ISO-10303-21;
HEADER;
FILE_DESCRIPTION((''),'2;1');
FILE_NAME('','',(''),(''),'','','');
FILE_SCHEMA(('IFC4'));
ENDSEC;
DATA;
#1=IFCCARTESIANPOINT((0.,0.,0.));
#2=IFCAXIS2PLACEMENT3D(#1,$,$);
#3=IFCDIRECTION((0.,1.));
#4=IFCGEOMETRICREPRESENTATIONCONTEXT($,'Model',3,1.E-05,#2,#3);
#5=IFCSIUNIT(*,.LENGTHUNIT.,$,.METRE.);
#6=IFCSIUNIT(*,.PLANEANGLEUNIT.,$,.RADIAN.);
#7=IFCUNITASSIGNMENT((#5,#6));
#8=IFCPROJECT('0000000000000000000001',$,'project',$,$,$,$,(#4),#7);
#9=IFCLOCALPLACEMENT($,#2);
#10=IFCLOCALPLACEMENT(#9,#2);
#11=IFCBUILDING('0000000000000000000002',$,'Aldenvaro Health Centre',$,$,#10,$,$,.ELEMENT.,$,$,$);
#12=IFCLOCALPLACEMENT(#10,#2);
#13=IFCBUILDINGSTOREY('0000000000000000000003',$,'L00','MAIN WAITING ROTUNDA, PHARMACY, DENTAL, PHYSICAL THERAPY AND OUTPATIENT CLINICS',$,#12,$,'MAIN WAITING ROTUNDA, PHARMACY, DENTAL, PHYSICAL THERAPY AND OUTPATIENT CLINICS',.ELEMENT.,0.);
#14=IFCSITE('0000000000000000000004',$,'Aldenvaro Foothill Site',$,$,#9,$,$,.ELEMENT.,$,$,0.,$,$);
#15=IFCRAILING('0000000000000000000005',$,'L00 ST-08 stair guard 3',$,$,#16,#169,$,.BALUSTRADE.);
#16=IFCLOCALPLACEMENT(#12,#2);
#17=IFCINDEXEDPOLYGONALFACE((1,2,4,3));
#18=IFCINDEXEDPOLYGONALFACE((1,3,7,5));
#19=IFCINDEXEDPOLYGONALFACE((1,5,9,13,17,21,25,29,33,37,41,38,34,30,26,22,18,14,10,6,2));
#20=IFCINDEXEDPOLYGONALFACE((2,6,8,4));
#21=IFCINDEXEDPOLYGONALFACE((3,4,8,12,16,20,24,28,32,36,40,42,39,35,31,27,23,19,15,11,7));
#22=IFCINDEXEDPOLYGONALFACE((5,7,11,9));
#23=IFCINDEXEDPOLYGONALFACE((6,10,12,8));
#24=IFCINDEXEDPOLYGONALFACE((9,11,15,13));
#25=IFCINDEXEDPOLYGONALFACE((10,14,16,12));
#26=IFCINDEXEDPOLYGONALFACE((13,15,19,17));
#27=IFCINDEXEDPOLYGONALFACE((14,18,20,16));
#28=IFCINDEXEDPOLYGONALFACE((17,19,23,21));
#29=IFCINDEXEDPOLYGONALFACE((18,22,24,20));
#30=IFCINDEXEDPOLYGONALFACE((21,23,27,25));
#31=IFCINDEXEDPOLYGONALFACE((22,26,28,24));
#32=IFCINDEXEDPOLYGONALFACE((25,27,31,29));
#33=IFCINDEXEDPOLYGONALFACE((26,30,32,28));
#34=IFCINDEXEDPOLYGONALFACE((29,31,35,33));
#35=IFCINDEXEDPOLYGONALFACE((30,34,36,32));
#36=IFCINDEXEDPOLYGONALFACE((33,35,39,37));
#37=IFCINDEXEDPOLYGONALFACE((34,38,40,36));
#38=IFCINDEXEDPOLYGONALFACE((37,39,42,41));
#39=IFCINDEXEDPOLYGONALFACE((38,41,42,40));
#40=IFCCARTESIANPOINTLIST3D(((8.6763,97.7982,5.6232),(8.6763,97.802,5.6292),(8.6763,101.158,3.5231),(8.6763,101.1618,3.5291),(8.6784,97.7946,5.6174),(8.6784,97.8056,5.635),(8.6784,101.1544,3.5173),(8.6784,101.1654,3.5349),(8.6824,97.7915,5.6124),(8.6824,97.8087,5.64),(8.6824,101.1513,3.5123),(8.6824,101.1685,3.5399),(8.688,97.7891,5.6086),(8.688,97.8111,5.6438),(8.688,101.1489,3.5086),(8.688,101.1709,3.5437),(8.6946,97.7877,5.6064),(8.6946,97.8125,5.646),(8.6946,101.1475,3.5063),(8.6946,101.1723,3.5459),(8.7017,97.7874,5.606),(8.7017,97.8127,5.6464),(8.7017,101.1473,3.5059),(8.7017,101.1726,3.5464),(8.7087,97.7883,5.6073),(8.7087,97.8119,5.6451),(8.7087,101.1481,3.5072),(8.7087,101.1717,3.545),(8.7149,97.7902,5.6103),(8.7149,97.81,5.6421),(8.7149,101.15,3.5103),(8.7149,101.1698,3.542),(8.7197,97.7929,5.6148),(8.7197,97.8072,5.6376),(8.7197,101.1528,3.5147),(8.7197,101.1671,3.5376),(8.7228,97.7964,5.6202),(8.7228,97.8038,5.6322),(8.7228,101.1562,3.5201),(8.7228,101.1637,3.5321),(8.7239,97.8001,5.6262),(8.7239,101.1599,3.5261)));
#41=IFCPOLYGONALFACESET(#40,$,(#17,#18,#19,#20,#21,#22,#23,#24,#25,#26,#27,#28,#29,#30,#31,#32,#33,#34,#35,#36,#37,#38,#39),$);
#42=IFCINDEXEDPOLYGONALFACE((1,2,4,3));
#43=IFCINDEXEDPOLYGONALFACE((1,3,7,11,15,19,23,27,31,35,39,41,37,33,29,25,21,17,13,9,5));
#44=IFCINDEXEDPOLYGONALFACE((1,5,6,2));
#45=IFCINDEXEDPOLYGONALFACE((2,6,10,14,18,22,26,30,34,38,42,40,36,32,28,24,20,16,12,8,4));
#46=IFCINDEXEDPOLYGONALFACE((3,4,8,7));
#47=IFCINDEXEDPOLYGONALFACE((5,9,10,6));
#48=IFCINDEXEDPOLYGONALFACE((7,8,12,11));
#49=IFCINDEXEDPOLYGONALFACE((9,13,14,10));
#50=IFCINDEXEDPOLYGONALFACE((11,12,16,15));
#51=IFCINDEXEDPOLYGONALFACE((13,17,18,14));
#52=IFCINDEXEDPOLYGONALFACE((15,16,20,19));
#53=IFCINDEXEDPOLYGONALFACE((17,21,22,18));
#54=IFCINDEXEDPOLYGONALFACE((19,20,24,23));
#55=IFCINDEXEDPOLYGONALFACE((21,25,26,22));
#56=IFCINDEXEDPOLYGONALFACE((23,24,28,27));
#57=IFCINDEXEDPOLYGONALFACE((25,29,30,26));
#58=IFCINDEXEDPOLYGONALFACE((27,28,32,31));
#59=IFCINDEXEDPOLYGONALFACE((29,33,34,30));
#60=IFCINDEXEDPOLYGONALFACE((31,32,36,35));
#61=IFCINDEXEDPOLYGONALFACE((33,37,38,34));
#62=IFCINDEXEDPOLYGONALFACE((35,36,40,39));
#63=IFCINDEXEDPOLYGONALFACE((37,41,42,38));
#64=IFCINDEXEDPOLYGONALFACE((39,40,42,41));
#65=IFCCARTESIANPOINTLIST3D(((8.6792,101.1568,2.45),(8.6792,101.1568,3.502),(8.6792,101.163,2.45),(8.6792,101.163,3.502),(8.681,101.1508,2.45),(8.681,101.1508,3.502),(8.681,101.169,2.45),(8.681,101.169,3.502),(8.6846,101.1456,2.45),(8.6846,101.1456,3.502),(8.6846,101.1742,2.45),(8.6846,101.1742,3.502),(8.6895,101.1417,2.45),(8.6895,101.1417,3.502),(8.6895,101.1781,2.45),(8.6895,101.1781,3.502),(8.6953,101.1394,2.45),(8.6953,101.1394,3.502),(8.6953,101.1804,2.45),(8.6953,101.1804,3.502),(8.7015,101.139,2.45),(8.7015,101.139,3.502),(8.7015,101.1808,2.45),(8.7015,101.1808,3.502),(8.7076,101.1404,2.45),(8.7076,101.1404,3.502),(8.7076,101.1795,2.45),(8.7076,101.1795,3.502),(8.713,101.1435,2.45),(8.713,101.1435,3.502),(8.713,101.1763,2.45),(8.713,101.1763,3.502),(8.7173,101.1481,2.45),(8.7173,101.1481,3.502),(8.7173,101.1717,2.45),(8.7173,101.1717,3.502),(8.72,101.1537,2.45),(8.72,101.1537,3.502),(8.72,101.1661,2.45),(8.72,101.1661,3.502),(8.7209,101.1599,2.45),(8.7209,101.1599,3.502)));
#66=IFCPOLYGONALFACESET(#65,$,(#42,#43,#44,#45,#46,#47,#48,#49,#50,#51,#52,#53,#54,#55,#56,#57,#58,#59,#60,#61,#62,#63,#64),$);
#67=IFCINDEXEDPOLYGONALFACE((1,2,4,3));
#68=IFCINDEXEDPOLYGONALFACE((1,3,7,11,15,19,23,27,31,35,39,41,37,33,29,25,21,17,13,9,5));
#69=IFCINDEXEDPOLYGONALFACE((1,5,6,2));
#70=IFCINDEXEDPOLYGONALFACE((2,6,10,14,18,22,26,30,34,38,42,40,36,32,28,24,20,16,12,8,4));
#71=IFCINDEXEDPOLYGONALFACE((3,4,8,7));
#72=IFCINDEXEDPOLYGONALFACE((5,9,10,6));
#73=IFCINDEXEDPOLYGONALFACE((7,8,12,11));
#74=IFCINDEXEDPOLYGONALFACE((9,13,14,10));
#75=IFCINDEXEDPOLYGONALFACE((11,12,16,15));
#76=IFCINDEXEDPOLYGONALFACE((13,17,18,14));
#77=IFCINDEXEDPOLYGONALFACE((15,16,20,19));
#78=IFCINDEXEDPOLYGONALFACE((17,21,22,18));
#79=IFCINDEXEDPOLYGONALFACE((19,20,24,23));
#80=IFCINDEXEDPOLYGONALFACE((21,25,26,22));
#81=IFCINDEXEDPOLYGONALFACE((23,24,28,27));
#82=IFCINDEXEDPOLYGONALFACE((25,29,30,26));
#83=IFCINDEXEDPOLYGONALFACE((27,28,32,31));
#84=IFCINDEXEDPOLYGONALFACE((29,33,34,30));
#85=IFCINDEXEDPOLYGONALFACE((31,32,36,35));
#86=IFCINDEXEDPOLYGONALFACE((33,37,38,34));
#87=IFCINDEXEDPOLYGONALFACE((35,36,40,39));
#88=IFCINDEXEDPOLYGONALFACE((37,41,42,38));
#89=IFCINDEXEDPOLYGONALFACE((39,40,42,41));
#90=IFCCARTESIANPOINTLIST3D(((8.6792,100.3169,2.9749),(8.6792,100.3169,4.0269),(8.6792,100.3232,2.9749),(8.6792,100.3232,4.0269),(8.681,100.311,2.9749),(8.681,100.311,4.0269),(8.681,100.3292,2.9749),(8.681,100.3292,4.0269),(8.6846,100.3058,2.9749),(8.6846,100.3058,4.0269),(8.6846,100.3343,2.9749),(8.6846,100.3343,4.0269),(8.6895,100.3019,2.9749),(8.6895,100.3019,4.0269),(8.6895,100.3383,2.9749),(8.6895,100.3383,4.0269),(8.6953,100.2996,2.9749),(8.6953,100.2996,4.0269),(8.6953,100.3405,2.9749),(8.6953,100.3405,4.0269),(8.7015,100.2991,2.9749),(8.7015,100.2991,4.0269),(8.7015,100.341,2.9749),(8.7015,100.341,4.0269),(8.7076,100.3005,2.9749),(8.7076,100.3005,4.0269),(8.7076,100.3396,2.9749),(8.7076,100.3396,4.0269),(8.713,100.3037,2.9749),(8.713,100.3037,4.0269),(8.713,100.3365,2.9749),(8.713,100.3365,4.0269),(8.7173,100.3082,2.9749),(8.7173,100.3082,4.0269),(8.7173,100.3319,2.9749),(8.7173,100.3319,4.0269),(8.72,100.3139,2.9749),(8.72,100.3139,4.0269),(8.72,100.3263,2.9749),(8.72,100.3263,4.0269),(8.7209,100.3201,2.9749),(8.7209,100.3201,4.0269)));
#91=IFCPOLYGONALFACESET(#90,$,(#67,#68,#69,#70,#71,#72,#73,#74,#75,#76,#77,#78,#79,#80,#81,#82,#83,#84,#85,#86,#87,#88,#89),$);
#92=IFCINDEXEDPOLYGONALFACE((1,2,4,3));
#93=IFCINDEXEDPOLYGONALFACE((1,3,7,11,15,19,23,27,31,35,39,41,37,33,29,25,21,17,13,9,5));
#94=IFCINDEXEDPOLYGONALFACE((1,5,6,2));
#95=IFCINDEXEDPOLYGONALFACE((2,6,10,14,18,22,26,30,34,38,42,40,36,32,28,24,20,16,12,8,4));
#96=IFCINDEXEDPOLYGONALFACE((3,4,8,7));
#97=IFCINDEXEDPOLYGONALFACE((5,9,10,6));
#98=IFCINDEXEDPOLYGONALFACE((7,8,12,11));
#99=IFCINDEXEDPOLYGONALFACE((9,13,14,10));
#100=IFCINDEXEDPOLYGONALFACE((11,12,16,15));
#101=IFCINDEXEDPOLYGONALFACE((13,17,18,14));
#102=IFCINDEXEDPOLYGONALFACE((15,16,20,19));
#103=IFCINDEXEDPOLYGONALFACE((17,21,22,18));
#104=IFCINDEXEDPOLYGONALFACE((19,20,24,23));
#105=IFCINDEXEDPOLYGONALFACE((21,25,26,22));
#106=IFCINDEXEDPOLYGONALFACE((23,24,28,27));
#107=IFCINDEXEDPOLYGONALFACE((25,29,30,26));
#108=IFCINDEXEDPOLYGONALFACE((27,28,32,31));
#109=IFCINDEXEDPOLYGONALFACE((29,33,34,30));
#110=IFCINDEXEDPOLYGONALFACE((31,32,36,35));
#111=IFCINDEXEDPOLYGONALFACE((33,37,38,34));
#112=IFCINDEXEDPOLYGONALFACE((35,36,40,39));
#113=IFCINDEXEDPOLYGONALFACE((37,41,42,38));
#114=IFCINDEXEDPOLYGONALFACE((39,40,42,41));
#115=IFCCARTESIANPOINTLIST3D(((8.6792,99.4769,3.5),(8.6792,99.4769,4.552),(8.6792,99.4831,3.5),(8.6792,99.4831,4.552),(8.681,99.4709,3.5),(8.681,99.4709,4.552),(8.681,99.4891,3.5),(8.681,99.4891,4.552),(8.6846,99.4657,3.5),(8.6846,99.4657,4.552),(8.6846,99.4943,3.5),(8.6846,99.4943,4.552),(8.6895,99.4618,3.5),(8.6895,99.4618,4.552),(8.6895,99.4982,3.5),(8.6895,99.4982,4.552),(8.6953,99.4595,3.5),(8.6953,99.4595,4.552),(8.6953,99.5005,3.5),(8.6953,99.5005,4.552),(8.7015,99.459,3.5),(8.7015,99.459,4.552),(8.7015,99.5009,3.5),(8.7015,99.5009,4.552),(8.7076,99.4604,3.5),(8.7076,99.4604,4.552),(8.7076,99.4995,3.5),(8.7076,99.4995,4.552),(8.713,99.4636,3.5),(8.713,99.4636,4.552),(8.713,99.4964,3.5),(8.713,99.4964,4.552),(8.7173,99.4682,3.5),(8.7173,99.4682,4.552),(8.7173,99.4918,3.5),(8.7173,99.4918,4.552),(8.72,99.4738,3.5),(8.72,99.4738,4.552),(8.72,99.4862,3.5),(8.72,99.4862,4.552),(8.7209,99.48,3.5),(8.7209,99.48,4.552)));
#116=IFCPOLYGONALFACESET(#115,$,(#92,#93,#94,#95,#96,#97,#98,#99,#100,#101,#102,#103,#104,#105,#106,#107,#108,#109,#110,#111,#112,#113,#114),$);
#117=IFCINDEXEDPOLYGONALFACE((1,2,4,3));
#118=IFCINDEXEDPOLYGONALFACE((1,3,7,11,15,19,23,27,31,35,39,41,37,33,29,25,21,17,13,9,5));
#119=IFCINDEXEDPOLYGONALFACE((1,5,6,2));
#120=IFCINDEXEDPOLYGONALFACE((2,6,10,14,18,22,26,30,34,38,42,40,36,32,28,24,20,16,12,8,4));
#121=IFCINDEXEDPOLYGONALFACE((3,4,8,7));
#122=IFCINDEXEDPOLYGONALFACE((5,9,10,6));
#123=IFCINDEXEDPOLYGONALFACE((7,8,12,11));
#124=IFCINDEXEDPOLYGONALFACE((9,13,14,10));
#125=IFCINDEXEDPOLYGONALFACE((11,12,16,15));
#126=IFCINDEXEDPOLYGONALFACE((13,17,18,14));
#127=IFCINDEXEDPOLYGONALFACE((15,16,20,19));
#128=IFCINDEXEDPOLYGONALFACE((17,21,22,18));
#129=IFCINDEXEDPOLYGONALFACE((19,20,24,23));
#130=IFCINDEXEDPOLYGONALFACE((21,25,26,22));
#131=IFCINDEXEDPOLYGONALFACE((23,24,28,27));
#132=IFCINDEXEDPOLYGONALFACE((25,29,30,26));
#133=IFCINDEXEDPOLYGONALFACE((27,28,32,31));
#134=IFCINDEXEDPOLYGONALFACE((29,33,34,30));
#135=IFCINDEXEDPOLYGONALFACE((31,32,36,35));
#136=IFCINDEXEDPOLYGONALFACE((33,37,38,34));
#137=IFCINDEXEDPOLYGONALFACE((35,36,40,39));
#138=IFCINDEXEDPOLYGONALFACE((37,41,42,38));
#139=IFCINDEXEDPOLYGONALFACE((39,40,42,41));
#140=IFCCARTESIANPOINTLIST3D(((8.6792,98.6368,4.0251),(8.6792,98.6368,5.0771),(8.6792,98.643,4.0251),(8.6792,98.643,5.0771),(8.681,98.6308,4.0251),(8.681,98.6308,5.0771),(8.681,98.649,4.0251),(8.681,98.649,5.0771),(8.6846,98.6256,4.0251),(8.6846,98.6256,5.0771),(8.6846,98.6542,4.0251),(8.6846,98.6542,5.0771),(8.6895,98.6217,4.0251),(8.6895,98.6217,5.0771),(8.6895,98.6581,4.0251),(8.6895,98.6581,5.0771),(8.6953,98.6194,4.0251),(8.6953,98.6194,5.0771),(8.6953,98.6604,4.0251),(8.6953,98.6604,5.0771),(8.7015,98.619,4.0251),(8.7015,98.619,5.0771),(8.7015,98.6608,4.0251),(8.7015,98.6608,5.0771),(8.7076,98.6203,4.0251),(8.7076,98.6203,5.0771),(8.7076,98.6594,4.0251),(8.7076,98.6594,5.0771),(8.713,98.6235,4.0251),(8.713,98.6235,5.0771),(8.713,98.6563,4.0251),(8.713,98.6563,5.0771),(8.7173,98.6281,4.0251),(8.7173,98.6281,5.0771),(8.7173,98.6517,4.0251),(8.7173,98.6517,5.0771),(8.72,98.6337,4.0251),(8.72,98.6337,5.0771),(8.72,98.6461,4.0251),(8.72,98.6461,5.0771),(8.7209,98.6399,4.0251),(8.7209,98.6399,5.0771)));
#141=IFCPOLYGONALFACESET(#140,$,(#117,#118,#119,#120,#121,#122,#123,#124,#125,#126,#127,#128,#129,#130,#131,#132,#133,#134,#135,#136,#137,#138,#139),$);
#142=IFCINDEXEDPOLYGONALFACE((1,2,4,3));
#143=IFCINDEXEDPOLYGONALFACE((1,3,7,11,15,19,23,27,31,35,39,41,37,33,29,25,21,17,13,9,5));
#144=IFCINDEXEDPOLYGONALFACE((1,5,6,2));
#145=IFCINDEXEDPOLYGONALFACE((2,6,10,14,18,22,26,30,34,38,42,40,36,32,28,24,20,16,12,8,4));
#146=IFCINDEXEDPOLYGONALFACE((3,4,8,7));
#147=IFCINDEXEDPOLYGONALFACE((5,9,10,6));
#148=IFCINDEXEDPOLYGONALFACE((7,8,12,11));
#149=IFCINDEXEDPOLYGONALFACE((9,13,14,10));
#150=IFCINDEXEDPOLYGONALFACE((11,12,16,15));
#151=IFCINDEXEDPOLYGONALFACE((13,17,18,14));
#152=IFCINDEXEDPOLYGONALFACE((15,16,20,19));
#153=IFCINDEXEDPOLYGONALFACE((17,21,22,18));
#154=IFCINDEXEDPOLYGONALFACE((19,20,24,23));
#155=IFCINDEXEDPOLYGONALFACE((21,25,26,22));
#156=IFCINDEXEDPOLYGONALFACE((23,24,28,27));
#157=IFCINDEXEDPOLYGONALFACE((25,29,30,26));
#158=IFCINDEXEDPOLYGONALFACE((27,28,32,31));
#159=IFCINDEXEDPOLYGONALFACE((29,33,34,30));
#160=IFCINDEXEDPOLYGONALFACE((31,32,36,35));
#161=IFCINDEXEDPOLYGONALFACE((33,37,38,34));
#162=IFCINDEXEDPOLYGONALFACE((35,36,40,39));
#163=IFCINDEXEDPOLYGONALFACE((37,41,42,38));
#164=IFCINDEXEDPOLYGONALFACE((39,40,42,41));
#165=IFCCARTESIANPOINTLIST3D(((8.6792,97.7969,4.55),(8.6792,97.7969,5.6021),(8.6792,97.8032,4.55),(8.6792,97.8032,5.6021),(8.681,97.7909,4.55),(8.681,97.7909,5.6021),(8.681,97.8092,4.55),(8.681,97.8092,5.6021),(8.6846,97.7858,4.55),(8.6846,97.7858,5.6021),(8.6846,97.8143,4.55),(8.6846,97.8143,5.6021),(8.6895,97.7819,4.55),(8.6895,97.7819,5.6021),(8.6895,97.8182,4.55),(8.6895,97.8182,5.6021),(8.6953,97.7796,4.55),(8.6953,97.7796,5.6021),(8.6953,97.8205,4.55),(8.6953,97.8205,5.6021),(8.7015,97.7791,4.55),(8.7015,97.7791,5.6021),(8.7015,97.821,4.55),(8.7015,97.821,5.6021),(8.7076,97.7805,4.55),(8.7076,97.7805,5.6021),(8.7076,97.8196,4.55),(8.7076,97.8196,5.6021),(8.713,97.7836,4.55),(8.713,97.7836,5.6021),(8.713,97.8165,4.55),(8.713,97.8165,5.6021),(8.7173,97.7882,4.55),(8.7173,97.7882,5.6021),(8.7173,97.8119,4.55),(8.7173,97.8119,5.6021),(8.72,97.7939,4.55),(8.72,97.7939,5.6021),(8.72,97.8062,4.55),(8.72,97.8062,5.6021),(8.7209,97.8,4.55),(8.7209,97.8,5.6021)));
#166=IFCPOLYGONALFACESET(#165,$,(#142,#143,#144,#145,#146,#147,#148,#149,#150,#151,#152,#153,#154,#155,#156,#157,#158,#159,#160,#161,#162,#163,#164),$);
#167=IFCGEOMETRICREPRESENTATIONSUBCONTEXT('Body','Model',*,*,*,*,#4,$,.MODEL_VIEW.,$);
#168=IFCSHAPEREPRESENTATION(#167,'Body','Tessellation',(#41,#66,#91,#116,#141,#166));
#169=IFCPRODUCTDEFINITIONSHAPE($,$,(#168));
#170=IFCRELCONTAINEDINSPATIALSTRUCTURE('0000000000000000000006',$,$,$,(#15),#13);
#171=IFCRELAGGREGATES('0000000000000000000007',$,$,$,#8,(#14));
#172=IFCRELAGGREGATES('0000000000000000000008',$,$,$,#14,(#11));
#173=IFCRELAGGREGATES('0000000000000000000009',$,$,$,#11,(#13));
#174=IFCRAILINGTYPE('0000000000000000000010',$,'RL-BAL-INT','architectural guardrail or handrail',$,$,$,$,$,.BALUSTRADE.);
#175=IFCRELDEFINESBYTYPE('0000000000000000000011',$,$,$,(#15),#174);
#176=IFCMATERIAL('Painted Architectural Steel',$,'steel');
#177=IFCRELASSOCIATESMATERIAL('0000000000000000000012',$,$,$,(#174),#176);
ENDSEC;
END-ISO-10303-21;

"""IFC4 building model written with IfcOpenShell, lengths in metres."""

from ifc_helpers import new_model, si_unit, direction, frame, origin, origin_2d, place, context, subcontext, project, spatial, circle, extrude, material, type_object, element, save


model = new_model("IFC4")

# Units and contexts
model_context = context("Model", 3, precision=1e-05, world=origin(), true_north=direction((0.0, 1.0)))
body_context = subcontext(model_context, "Body", "Model", "MODEL_VIEW")
ifc_project = project(units=[si_unit("LENGTHUNIT", "METRE"), si_unit("PLANEANGLEUNIT", "RADIAN")], contexts=[model_context])

# Site, building, storey
site_placement = place(None, origin())
site = spatial("IfcSite", under=ifc_project, at=site_placement, Name="Aldenvaro Foothill Site", CompositionType="ELEMENT", RefElevation=0.0)
building_placement = place(site_placement, origin())
building = spatial("IfcBuilding", under=site, at=building_placement, Name="Aldenvaro Health Centre", CompositionType="ELEMENT")
storey_placement = place(building_placement, origin())
storey = spatial("IfcBuildingStorey", under=building, at=storey_placement, Name="L00", Description="MAIN WAITING ROTUNDA, PHARMACY, DENTAL, PHYSICAL THERAPY AND OUTPATIENT CLINICS", LongName="MAIN WAITING ROTUNDA, PHARMACY, DENTAL, PHYSICAL THERAPY AND OUTPATIENT CLINICS", CompositionType="ELEMENT", Elevation=0.0)

# Railing
ifc_material_1 = material(Name="Painted Architectural Steel", Category="steel")
railing_type_1 = type_object("IfcRailingType", Name="RL-BAL-INT", Description="architectural guardrail or handrail", PredefinedType="BALUSTRADE", material=ifc_material_1)
railing_1_placement = place(storey_placement, frame((8.7, 101.1599, 2.45)))
element("IfcRailing", 1, at=railing_1_placement, inside=storey, type_object=railing_type_1, Name="L00 ST-08 stair guard 3", PredefinedType="BALUSTRADE", context=body_context, shape_type="SweptSolid", body=[
    extrude(circle(Radius=0.0239, at=origin_2d()), frame((0.0, 0.0, 1.0762), z_axis=(0.0, -0.847978, 0.530032), x_axis=(1.0, 0.0, 0.0)), (0.0, 0.0, 1.0), 3.9622),
    extrude(circle(Radius=0.021, at=origin_2d()), origin(), (0.0, 0.0, 1.0), 1.052),
    extrude(circle(Radius=0.021, at=origin_2d()), frame((0.0, -0.8398, 0.5249)), (0.0, 0.0, 1.0), 1.052),
    extrude(circle(Radius=0.021, at=origin_2d()), frame((0.0, -1.6799, 1.05)), (0.0, 0.0, 1.0), 1.052),
    extrude(circle(Radius=0.021, at=origin_2d()), frame((0.0, -2.52, 1.5752)), (0.0, 0.0, 1.0), 1.052),
    extrude(circle(Radius=0.021, at=origin_2d()), frame((0.0, -3.3599, 2.1001)), (0.0, 0.0, 1.0), 1.052),
])

save(model, "model.ifc")
